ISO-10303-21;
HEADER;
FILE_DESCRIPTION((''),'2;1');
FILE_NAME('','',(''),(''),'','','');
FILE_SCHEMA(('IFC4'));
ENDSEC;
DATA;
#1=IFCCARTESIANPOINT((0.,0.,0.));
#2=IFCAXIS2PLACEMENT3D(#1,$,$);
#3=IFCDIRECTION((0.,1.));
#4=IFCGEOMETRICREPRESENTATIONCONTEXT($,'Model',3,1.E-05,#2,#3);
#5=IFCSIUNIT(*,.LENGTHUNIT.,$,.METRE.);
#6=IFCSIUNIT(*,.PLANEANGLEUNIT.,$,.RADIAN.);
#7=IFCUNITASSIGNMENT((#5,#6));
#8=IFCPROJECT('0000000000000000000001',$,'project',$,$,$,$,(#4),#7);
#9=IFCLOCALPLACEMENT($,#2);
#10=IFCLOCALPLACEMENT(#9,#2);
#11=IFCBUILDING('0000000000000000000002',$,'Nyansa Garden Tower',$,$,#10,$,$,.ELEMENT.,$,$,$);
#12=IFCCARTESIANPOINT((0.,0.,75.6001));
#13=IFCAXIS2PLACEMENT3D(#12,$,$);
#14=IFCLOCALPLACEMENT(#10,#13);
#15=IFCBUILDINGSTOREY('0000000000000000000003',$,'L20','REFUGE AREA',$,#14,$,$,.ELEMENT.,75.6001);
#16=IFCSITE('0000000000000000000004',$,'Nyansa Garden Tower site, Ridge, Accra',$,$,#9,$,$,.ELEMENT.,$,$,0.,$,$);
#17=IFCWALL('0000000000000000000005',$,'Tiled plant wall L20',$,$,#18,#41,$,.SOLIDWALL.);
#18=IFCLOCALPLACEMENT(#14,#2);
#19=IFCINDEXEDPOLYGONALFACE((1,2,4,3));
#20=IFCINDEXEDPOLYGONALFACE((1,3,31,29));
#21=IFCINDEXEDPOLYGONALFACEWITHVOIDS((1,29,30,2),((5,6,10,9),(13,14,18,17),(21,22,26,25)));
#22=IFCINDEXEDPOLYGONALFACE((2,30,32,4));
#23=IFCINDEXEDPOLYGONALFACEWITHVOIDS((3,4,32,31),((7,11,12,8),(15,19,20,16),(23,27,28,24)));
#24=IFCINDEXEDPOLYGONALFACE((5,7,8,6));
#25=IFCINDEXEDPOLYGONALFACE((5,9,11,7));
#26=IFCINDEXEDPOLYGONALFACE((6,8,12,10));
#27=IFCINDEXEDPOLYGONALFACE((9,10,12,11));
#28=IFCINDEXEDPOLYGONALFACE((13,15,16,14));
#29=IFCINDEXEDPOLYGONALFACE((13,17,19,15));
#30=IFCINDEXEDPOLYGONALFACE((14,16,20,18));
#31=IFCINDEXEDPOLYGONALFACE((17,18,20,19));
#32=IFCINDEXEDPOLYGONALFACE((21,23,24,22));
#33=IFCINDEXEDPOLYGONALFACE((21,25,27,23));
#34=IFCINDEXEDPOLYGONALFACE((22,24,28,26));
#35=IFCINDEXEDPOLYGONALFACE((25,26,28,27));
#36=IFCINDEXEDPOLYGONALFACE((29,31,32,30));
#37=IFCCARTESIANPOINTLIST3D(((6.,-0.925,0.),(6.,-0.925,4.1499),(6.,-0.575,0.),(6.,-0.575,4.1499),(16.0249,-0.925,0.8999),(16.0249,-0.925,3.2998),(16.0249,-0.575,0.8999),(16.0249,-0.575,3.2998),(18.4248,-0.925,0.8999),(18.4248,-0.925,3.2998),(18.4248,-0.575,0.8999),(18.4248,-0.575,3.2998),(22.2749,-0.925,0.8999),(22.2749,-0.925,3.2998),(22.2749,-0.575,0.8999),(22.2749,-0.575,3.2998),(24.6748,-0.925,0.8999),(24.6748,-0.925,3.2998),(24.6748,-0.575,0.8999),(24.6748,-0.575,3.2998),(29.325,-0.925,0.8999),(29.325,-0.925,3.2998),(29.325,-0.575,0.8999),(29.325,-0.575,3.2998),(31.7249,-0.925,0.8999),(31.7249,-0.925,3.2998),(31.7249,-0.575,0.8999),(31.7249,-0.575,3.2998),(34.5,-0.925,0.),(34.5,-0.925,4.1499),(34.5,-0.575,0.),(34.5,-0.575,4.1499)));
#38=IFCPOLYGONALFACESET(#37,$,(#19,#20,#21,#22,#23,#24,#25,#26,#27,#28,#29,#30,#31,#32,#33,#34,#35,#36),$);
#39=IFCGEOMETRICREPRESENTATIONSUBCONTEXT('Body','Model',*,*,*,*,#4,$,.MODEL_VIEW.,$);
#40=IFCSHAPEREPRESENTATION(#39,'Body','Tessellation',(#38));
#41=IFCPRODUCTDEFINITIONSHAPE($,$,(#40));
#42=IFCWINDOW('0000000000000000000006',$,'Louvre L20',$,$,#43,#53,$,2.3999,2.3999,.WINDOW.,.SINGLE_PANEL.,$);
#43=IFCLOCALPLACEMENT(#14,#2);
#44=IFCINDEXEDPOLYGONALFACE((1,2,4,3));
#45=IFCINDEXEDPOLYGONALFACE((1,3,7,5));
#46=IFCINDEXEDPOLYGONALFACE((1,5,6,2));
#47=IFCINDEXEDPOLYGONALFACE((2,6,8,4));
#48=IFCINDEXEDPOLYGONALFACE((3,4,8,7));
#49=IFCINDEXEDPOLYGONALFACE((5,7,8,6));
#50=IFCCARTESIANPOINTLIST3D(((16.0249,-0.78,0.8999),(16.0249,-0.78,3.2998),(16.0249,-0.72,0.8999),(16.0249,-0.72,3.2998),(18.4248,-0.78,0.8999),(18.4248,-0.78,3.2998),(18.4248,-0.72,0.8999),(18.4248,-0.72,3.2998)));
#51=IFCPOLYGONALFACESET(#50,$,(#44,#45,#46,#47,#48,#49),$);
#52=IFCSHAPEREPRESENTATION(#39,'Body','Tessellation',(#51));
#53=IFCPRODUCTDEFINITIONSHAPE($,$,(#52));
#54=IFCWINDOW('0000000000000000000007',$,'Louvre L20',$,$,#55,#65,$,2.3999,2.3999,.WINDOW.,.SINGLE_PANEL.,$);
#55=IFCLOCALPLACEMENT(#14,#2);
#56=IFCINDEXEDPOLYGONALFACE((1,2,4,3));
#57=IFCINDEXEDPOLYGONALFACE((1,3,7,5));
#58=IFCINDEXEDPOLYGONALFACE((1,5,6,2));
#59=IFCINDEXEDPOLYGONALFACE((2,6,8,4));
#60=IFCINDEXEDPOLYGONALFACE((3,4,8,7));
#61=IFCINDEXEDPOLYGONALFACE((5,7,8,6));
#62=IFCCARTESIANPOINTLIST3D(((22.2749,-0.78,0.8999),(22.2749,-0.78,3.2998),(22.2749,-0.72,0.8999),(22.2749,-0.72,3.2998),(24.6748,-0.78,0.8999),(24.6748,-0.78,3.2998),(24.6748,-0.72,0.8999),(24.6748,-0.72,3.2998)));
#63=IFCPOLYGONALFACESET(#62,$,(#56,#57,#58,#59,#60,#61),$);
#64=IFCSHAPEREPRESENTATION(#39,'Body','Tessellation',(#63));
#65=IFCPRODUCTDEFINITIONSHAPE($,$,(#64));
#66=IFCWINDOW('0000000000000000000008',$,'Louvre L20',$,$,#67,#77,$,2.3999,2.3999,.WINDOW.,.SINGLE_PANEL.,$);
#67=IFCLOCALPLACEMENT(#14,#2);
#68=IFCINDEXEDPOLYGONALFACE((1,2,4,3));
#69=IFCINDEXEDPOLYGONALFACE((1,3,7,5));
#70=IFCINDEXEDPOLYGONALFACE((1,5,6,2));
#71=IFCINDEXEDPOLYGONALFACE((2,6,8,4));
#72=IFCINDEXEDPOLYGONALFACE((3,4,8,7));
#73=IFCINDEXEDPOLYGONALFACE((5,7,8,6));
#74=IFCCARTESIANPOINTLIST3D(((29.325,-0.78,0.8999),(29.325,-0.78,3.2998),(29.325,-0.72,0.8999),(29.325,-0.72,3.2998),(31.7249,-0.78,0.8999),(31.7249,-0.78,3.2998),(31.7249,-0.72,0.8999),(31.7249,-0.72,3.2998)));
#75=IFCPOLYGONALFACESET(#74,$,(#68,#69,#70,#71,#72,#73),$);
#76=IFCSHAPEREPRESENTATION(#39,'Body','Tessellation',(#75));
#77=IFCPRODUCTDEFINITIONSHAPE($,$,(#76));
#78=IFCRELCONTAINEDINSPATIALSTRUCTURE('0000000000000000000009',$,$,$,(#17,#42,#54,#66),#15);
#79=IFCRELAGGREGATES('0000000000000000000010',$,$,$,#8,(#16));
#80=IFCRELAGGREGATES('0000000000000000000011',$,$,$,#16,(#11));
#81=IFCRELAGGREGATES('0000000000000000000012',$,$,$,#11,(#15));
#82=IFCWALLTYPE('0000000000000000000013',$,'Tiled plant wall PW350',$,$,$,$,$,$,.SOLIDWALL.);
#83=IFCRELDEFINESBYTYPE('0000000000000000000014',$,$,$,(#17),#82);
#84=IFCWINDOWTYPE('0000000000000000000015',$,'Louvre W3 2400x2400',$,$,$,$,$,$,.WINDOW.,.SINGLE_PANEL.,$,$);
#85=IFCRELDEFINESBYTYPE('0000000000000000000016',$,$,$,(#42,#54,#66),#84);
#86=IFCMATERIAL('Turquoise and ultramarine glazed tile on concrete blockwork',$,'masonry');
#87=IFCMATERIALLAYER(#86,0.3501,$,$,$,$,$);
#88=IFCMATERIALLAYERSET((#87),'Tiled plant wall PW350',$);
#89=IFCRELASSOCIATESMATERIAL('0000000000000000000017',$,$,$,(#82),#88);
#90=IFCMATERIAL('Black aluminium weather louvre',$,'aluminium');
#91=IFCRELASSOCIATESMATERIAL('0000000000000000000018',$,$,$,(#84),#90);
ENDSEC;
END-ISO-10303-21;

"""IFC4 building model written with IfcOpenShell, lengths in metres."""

from ifc_helpers import new_model, si_unit, direction, frame, frame_2d, origin, place, context, subcontext, project, spatial, rectangle, extrude, material, layer, layer_set, type_object, element, fill, save


model = new_model("IFC4")

# Units and contexts
model_context = context("Model", 3, precision=1e-05, world=origin(), true_north=direction((0.0, 1.0)))
body_context = subcontext(model_context, "Body", "Model", "MODEL_VIEW")
ifc_project = project(units=[si_unit("LENGTHUNIT", "METRE"), si_unit("PLANEANGLEUNIT", "RADIAN")], contexts=[model_context])

# Site, building, storey
site_placement = place(None, origin())
site = spatial("IfcSite", under=ifc_project, at=site_placement, Name="Nyansa Garden Tower site, Ridge, Accra", CompositionType="ELEMENT", RefElevation=0.0)
building_placement = place(site_placement, origin())
building = spatial("IfcBuilding", under=site, at=building_placement, Name="Nyansa Garden Tower", CompositionType="ELEMENT")
storey_placement = place(building_placement, frame((0.0, 0.0, 75.6001)))
storey = spatial("IfcBuildingStorey", under=building, at=storey_placement, Name="L20", Description="REFUGE AREA", CompositionType="ELEMENT", Elevation=75.6001)

# Shared definitions
ifc_material_1 = material(Name="Turquoise and ultramarine glazed tile on concrete blockwork", Category="masonry")
ifc_layer_1 = layer(ifc_material_1, 0.3501)
ifc_layer_set_1 = layer_set([ifc_layer_1], Name="Tiled plant wall PW350")
wall_type = type_object("IfcWallType", Name="Tiled plant wall PW350", PredefinedType="SOLIDWALL", material=ifc_layer_set_1)

# Wall, openings, windows
wall_placement = place(storey_placement, frame((6.0, -0.75, 0.0), z_axis=(0.0, 0.0, 1.0), x_axis=(1.0, 0.0, 0.0)))
wall = element("IfcWall", 1, at=wall_placement, inside=storey, type_object=wall_type, Name="Tiled plant wall L20", PredefinedType="SOLIDWALL", context=body_context, shape_type="SweptSolid", body=[
    extrude(rectangle(XDim=28.5, YDim=0.3501, at=frame_2d((14.25, 0.0))), origin(), (0.0, 0.0, 1.0), 4.1499),
])
opening_1_placement = place(wall_placement, frame((10.0249, 0.0, 0.8999)))
opening_1 = element("IfcOpeningElement", 2, at=opening_1_placement, cuts=wall, PredefinedType="OPENING", context=body_context, shape_type="SweptSolid", body=[
    extrude(rectangle(XDim=2.3999, YDim=2.3999, at=frame_2d((1.2, 1.2))), frame((0.0, 0.1851, 0.0), z_axis=(0.0, -1.0, 0.0), x_axis=(1.0, 0.0, 0.0)), (0.0, 0.0, 1.0), 0.3701),
])
opening_2_placement = place(wall_placement, frame((16.2749, 0.0, 0.8999)))
opening_2 = element("IfcOpeningElement", 3, at=opening_2_placement, cuts=wall, PredefinedType="OPENING", context=body_context, shape_type="SweptSolid", body=[
    extrude(rectangle(XDim=2.3999, YDim=2.3999, at=frame_2d((1.2, 1.2))), frame((0.0, 0.1851, 0.0), z_axis=(0.0, -1.0, 0.0), x_axis=(1.0, 0.0, 0.0)), (0.0, 0.0, 1.0), 0.3701),
])
opening_3_placement = place(wall_placement, frame((23.325, 0.0, 0.8999)))
opening_3 = element("IfcOpeningElement", 4, at=opening_3_placement, cuts=wall, PredefinedType="OPENING", context=body_context, shape_type="SweptSolid", body=[
    extrude(rectangle(XDim=2.3999, YDim=2.3999, at=frame_2d((1.2, 1.2))), frame((0.0, 0.1851, 0.0), z_axis=(0.0, -1.0, 0.0), x_axis=(1.0, 0.0, 0.0)), (0.0, 0.0, 1.0), 0.3701),
])
ifc_material_2 = material(Name="Black aluminium weather louvre", Category="aluminium")
window_type = type_object("IfcWindowType", Name="Louvre W3 2400x2400", PartitioningType="SINGLE_PANEL", PredefinedType="WINDOW", material=ifc_material_2)
window_1_placement = place(opening_1_placement, origin())
window_1 = element("IfcWindow", 5, at=window_1_placement, inside=storey, type_object=window_type, Name="Louvre L20", OverallHeight=2.3999, OverallWidth=2.3999, PartitioningType="SINGLE_PANEL", PredefinedType="WINDOW", context=body_context, shape_type="SweptSolid", body=[
    extrude(rectangle(XDim=2.3999, YDim=2.3999, at=frame_2d((1.2, 1.2))), frame((0.0, 0.03, 0.0), z_axis=(0.0, -1.0, 0.0), x_axis=(1.0, 0.0, 0.0)), (0.0, 0.0, 1.0), 0.0601),
])
fill(opening_1, window_1)
window_2_placement = place(opening_2_placement, origin())
window_2 = element("IfcWindow", 6, at=window_2_placement, inside=storey, type_object=window_type, Name="Louvre L20", OverallHeight=2.3999, OverallWidth=2.3999, PartitioningType="SINGLE_PANEL", PredefinedType="WINDOW", context=body_context, shape_type="SweptSolid", body=[
    extrude(rectangle(XDim=2.3999, YDim=2.3999, at=frame_2d((1.2, 1.2))), frame((0.0, 0.03, 0.0), z_axis=(0.0, -1.0, 0.0), x_axis=(1.0, 0.0, 0.0)), (0.0, 0.0, 1.0), 0.0601),
])
fill(opening_2, window_2)
window_3_placement = place(opening_3_placement, origin())
window_3 = element("IfcWindow", 7, at=window_3_placement, inside=storey, type_object=window_type, Name="Louvre L20", OverallHeight=2.3999, OverallWidth=2.3999, PartitioningType="SINGLE_PANEL", PredefinedType="WINDOW", context=body_context, shape_type="SweptSolid", body=[
    extrude(rectangle(XDim=2.3999, YDim=2.3999, at=frame_2d((1.2, 1.2))), frame((0.0, 0.03, 0.0), z_axis=(0.0, -1.0, 0.0), x_axis=(1.0, 0.0, 0.0)), (0.0, 0.0, 1.0), 0.0601),
])
fill(opening_3, window_3)

save(model, "model.ifc")
